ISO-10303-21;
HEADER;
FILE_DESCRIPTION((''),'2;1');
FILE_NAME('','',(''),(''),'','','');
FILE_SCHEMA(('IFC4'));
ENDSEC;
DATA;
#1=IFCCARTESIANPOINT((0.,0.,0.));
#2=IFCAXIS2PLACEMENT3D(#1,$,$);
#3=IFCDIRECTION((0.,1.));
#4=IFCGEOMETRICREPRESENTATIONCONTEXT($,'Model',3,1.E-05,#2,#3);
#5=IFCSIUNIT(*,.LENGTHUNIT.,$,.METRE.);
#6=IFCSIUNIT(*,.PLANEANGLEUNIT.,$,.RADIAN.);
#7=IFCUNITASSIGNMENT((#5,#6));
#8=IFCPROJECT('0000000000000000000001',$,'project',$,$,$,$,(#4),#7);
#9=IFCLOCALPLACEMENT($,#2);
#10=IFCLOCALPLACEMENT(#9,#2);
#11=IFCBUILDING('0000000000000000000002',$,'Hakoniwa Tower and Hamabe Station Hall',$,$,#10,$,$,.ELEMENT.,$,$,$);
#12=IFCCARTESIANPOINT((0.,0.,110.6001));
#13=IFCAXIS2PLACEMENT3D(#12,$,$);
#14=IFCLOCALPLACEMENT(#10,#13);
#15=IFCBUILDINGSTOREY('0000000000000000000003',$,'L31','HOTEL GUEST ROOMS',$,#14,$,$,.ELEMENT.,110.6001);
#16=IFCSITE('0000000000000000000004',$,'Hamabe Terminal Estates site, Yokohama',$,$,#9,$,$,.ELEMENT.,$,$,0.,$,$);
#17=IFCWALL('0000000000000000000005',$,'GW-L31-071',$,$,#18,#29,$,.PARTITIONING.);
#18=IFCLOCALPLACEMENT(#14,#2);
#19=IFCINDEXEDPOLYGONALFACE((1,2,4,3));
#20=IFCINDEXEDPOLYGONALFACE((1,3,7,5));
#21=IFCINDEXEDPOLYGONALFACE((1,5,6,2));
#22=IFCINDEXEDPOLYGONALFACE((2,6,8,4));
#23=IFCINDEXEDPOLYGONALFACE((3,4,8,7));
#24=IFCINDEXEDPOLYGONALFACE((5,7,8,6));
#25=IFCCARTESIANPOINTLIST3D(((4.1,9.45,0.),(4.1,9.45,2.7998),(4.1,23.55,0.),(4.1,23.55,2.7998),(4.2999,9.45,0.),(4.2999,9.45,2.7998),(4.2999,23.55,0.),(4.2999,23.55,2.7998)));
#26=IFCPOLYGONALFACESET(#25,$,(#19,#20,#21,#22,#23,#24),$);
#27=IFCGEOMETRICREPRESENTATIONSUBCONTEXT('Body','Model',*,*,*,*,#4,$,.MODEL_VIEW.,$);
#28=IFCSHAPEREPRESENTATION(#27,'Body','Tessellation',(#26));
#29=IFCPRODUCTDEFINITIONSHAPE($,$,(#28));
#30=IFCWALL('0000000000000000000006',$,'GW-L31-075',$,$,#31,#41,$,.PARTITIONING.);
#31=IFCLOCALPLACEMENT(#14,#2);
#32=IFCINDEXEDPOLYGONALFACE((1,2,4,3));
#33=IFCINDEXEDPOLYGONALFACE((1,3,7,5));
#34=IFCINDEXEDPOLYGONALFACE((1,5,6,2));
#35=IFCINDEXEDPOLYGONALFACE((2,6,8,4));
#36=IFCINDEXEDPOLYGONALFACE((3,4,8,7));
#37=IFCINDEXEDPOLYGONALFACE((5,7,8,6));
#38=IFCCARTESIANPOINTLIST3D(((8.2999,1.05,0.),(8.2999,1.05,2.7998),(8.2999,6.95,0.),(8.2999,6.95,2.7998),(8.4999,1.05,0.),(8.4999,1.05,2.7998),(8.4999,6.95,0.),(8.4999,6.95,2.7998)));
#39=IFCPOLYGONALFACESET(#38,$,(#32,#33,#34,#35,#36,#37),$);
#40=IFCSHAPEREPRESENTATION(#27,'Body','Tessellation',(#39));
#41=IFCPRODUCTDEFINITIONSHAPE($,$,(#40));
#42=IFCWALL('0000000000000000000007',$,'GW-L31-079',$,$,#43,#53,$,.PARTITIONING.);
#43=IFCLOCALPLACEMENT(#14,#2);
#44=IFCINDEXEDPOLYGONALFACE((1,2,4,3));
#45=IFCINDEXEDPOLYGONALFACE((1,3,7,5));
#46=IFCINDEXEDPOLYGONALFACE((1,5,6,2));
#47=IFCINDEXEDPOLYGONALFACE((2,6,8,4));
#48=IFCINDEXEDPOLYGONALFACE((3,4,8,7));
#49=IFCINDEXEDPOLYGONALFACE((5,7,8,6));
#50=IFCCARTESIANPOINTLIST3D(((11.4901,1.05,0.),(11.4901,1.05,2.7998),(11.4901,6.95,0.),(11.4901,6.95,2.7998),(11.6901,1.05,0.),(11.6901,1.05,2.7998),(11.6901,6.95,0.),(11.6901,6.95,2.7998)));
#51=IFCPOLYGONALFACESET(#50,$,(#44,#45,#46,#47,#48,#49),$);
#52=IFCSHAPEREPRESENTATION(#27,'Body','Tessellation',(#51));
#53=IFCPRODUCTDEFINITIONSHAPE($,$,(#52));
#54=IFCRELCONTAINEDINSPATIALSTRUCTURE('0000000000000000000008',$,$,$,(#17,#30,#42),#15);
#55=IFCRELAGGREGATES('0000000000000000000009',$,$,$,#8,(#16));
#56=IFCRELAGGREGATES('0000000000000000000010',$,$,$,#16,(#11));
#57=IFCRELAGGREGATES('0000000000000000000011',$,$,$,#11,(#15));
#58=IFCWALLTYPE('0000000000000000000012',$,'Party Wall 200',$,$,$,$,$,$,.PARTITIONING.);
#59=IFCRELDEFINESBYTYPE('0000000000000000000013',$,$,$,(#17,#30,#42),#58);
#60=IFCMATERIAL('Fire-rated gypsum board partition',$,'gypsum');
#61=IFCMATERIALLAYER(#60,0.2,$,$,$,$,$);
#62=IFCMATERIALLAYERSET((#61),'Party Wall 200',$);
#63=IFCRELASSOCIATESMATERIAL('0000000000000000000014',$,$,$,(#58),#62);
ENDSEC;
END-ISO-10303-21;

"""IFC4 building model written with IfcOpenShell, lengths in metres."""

from ifc_helpers import new_model, si_unit, direction, frame, frame_2d, origin, place, context, subcontext, project, spatial, rectangle, extrude, material, layer, layer_set, type_object, element, save


model = new_model("IFC4")

# Units and contexts
model_context = context("Model", 3, precision=1e-05, world=origin(), true_north=direction((0.0, 1.0)))
body_context = subcontext(model_context, "Body", "Model", "MODEL_VIEW")
ifc_project = project(units=[si_unit("LENGTHUNIT", "METRE"), si_unit("PLANEANGLEUNIT", "RADIAN")], contexts=[model_context])

# Site, building, storey
site_placement = place(None, origin())
site = spatial("IfcSite", under=ifc_project, at=site_placement, Name="Hamabe Terminal Estates site, Yokohama", CompositionType="ELEMENT", RefElevation=0.0)
building_placement = place(site_placement, origin())
building = spatial("IfcBuilding", under=site, at=building_placement, Name="Hakoniwa Tower and Hamabe Station Hall", CompositionType="ELEMENT")
storey_placement = place(building_placement, frame((0.0, 0.0, 110.6001)))
storey = spatial("IfcBuildingStorey", under=building, at=storey_placement, Name="L31", Description="HOTEL GUEST ROOMS", CompositionType="ELEMENT", Elevation=110.6001)

# Walls
ifc_material_1 = material(Name="Fire-rated gypsum board partition", Category="gypsum")
ifc_layer_1 = layer(ifc_material_1, 0.2)
ifc_layer_set_1 = layer_set([ifc_layer_1], Name="Party Wall 200")
wall_type_1 = type_object("IfcWallType", Name="Party Wall 200", PredefinedType="PARTITIONING", material=ifc_layer_set_1)
wall_1_placement = place(storey_placement, frame((4.2, 9.45, 0.0), z_axis=(0.0, 0.0, 1.0), x_axis=(0.0, 1.0, 0.0)))
element("IfcWall", 1, at=wall_1_placement, inside=storey, type_object=wall_type_1, Name="GW-L31-071", PredefinedType="PARTITIONING", context=body_context, shape_type="SweptSolid", body=[
    extrude(rectangle(XDim=14.1001, YDim=0.2, at=frame_2d((7.05, 0.0))), origin(), (0.0, 0.0, 1.0), 2.7998),
])
for number, where, z_axis, x_axis, name in (
    (2, (8.3999, 1.05, 0.0), (0.0, 0.0, 1.0), (0.0, 1.0, 0.0), "GW-L31-075"),
    (3, (11.5901, 1.05, 0.0), (0.0, 0.0, 1.0), (0.0, 1.0, 0.0), "GW-L31-079"),
):
    element("IfcWall", number, at=place(storey_placement, frame(where, z_axis=z_axis, x_axis=x_axis)), inside=storey, type_object=wall_type_1, Name=name, PredefinedType="PARTITIONING", context=body_context, shape_type="SweptSolid", body=[
        extrude(rectangle(XDim=5.8999, YDim=0.2, at=frame_2d((2.95, 0.0))), origin(), (0.0, 0.0, 1.0), 2.7998),
    ])

save(model, "model.ifc")
